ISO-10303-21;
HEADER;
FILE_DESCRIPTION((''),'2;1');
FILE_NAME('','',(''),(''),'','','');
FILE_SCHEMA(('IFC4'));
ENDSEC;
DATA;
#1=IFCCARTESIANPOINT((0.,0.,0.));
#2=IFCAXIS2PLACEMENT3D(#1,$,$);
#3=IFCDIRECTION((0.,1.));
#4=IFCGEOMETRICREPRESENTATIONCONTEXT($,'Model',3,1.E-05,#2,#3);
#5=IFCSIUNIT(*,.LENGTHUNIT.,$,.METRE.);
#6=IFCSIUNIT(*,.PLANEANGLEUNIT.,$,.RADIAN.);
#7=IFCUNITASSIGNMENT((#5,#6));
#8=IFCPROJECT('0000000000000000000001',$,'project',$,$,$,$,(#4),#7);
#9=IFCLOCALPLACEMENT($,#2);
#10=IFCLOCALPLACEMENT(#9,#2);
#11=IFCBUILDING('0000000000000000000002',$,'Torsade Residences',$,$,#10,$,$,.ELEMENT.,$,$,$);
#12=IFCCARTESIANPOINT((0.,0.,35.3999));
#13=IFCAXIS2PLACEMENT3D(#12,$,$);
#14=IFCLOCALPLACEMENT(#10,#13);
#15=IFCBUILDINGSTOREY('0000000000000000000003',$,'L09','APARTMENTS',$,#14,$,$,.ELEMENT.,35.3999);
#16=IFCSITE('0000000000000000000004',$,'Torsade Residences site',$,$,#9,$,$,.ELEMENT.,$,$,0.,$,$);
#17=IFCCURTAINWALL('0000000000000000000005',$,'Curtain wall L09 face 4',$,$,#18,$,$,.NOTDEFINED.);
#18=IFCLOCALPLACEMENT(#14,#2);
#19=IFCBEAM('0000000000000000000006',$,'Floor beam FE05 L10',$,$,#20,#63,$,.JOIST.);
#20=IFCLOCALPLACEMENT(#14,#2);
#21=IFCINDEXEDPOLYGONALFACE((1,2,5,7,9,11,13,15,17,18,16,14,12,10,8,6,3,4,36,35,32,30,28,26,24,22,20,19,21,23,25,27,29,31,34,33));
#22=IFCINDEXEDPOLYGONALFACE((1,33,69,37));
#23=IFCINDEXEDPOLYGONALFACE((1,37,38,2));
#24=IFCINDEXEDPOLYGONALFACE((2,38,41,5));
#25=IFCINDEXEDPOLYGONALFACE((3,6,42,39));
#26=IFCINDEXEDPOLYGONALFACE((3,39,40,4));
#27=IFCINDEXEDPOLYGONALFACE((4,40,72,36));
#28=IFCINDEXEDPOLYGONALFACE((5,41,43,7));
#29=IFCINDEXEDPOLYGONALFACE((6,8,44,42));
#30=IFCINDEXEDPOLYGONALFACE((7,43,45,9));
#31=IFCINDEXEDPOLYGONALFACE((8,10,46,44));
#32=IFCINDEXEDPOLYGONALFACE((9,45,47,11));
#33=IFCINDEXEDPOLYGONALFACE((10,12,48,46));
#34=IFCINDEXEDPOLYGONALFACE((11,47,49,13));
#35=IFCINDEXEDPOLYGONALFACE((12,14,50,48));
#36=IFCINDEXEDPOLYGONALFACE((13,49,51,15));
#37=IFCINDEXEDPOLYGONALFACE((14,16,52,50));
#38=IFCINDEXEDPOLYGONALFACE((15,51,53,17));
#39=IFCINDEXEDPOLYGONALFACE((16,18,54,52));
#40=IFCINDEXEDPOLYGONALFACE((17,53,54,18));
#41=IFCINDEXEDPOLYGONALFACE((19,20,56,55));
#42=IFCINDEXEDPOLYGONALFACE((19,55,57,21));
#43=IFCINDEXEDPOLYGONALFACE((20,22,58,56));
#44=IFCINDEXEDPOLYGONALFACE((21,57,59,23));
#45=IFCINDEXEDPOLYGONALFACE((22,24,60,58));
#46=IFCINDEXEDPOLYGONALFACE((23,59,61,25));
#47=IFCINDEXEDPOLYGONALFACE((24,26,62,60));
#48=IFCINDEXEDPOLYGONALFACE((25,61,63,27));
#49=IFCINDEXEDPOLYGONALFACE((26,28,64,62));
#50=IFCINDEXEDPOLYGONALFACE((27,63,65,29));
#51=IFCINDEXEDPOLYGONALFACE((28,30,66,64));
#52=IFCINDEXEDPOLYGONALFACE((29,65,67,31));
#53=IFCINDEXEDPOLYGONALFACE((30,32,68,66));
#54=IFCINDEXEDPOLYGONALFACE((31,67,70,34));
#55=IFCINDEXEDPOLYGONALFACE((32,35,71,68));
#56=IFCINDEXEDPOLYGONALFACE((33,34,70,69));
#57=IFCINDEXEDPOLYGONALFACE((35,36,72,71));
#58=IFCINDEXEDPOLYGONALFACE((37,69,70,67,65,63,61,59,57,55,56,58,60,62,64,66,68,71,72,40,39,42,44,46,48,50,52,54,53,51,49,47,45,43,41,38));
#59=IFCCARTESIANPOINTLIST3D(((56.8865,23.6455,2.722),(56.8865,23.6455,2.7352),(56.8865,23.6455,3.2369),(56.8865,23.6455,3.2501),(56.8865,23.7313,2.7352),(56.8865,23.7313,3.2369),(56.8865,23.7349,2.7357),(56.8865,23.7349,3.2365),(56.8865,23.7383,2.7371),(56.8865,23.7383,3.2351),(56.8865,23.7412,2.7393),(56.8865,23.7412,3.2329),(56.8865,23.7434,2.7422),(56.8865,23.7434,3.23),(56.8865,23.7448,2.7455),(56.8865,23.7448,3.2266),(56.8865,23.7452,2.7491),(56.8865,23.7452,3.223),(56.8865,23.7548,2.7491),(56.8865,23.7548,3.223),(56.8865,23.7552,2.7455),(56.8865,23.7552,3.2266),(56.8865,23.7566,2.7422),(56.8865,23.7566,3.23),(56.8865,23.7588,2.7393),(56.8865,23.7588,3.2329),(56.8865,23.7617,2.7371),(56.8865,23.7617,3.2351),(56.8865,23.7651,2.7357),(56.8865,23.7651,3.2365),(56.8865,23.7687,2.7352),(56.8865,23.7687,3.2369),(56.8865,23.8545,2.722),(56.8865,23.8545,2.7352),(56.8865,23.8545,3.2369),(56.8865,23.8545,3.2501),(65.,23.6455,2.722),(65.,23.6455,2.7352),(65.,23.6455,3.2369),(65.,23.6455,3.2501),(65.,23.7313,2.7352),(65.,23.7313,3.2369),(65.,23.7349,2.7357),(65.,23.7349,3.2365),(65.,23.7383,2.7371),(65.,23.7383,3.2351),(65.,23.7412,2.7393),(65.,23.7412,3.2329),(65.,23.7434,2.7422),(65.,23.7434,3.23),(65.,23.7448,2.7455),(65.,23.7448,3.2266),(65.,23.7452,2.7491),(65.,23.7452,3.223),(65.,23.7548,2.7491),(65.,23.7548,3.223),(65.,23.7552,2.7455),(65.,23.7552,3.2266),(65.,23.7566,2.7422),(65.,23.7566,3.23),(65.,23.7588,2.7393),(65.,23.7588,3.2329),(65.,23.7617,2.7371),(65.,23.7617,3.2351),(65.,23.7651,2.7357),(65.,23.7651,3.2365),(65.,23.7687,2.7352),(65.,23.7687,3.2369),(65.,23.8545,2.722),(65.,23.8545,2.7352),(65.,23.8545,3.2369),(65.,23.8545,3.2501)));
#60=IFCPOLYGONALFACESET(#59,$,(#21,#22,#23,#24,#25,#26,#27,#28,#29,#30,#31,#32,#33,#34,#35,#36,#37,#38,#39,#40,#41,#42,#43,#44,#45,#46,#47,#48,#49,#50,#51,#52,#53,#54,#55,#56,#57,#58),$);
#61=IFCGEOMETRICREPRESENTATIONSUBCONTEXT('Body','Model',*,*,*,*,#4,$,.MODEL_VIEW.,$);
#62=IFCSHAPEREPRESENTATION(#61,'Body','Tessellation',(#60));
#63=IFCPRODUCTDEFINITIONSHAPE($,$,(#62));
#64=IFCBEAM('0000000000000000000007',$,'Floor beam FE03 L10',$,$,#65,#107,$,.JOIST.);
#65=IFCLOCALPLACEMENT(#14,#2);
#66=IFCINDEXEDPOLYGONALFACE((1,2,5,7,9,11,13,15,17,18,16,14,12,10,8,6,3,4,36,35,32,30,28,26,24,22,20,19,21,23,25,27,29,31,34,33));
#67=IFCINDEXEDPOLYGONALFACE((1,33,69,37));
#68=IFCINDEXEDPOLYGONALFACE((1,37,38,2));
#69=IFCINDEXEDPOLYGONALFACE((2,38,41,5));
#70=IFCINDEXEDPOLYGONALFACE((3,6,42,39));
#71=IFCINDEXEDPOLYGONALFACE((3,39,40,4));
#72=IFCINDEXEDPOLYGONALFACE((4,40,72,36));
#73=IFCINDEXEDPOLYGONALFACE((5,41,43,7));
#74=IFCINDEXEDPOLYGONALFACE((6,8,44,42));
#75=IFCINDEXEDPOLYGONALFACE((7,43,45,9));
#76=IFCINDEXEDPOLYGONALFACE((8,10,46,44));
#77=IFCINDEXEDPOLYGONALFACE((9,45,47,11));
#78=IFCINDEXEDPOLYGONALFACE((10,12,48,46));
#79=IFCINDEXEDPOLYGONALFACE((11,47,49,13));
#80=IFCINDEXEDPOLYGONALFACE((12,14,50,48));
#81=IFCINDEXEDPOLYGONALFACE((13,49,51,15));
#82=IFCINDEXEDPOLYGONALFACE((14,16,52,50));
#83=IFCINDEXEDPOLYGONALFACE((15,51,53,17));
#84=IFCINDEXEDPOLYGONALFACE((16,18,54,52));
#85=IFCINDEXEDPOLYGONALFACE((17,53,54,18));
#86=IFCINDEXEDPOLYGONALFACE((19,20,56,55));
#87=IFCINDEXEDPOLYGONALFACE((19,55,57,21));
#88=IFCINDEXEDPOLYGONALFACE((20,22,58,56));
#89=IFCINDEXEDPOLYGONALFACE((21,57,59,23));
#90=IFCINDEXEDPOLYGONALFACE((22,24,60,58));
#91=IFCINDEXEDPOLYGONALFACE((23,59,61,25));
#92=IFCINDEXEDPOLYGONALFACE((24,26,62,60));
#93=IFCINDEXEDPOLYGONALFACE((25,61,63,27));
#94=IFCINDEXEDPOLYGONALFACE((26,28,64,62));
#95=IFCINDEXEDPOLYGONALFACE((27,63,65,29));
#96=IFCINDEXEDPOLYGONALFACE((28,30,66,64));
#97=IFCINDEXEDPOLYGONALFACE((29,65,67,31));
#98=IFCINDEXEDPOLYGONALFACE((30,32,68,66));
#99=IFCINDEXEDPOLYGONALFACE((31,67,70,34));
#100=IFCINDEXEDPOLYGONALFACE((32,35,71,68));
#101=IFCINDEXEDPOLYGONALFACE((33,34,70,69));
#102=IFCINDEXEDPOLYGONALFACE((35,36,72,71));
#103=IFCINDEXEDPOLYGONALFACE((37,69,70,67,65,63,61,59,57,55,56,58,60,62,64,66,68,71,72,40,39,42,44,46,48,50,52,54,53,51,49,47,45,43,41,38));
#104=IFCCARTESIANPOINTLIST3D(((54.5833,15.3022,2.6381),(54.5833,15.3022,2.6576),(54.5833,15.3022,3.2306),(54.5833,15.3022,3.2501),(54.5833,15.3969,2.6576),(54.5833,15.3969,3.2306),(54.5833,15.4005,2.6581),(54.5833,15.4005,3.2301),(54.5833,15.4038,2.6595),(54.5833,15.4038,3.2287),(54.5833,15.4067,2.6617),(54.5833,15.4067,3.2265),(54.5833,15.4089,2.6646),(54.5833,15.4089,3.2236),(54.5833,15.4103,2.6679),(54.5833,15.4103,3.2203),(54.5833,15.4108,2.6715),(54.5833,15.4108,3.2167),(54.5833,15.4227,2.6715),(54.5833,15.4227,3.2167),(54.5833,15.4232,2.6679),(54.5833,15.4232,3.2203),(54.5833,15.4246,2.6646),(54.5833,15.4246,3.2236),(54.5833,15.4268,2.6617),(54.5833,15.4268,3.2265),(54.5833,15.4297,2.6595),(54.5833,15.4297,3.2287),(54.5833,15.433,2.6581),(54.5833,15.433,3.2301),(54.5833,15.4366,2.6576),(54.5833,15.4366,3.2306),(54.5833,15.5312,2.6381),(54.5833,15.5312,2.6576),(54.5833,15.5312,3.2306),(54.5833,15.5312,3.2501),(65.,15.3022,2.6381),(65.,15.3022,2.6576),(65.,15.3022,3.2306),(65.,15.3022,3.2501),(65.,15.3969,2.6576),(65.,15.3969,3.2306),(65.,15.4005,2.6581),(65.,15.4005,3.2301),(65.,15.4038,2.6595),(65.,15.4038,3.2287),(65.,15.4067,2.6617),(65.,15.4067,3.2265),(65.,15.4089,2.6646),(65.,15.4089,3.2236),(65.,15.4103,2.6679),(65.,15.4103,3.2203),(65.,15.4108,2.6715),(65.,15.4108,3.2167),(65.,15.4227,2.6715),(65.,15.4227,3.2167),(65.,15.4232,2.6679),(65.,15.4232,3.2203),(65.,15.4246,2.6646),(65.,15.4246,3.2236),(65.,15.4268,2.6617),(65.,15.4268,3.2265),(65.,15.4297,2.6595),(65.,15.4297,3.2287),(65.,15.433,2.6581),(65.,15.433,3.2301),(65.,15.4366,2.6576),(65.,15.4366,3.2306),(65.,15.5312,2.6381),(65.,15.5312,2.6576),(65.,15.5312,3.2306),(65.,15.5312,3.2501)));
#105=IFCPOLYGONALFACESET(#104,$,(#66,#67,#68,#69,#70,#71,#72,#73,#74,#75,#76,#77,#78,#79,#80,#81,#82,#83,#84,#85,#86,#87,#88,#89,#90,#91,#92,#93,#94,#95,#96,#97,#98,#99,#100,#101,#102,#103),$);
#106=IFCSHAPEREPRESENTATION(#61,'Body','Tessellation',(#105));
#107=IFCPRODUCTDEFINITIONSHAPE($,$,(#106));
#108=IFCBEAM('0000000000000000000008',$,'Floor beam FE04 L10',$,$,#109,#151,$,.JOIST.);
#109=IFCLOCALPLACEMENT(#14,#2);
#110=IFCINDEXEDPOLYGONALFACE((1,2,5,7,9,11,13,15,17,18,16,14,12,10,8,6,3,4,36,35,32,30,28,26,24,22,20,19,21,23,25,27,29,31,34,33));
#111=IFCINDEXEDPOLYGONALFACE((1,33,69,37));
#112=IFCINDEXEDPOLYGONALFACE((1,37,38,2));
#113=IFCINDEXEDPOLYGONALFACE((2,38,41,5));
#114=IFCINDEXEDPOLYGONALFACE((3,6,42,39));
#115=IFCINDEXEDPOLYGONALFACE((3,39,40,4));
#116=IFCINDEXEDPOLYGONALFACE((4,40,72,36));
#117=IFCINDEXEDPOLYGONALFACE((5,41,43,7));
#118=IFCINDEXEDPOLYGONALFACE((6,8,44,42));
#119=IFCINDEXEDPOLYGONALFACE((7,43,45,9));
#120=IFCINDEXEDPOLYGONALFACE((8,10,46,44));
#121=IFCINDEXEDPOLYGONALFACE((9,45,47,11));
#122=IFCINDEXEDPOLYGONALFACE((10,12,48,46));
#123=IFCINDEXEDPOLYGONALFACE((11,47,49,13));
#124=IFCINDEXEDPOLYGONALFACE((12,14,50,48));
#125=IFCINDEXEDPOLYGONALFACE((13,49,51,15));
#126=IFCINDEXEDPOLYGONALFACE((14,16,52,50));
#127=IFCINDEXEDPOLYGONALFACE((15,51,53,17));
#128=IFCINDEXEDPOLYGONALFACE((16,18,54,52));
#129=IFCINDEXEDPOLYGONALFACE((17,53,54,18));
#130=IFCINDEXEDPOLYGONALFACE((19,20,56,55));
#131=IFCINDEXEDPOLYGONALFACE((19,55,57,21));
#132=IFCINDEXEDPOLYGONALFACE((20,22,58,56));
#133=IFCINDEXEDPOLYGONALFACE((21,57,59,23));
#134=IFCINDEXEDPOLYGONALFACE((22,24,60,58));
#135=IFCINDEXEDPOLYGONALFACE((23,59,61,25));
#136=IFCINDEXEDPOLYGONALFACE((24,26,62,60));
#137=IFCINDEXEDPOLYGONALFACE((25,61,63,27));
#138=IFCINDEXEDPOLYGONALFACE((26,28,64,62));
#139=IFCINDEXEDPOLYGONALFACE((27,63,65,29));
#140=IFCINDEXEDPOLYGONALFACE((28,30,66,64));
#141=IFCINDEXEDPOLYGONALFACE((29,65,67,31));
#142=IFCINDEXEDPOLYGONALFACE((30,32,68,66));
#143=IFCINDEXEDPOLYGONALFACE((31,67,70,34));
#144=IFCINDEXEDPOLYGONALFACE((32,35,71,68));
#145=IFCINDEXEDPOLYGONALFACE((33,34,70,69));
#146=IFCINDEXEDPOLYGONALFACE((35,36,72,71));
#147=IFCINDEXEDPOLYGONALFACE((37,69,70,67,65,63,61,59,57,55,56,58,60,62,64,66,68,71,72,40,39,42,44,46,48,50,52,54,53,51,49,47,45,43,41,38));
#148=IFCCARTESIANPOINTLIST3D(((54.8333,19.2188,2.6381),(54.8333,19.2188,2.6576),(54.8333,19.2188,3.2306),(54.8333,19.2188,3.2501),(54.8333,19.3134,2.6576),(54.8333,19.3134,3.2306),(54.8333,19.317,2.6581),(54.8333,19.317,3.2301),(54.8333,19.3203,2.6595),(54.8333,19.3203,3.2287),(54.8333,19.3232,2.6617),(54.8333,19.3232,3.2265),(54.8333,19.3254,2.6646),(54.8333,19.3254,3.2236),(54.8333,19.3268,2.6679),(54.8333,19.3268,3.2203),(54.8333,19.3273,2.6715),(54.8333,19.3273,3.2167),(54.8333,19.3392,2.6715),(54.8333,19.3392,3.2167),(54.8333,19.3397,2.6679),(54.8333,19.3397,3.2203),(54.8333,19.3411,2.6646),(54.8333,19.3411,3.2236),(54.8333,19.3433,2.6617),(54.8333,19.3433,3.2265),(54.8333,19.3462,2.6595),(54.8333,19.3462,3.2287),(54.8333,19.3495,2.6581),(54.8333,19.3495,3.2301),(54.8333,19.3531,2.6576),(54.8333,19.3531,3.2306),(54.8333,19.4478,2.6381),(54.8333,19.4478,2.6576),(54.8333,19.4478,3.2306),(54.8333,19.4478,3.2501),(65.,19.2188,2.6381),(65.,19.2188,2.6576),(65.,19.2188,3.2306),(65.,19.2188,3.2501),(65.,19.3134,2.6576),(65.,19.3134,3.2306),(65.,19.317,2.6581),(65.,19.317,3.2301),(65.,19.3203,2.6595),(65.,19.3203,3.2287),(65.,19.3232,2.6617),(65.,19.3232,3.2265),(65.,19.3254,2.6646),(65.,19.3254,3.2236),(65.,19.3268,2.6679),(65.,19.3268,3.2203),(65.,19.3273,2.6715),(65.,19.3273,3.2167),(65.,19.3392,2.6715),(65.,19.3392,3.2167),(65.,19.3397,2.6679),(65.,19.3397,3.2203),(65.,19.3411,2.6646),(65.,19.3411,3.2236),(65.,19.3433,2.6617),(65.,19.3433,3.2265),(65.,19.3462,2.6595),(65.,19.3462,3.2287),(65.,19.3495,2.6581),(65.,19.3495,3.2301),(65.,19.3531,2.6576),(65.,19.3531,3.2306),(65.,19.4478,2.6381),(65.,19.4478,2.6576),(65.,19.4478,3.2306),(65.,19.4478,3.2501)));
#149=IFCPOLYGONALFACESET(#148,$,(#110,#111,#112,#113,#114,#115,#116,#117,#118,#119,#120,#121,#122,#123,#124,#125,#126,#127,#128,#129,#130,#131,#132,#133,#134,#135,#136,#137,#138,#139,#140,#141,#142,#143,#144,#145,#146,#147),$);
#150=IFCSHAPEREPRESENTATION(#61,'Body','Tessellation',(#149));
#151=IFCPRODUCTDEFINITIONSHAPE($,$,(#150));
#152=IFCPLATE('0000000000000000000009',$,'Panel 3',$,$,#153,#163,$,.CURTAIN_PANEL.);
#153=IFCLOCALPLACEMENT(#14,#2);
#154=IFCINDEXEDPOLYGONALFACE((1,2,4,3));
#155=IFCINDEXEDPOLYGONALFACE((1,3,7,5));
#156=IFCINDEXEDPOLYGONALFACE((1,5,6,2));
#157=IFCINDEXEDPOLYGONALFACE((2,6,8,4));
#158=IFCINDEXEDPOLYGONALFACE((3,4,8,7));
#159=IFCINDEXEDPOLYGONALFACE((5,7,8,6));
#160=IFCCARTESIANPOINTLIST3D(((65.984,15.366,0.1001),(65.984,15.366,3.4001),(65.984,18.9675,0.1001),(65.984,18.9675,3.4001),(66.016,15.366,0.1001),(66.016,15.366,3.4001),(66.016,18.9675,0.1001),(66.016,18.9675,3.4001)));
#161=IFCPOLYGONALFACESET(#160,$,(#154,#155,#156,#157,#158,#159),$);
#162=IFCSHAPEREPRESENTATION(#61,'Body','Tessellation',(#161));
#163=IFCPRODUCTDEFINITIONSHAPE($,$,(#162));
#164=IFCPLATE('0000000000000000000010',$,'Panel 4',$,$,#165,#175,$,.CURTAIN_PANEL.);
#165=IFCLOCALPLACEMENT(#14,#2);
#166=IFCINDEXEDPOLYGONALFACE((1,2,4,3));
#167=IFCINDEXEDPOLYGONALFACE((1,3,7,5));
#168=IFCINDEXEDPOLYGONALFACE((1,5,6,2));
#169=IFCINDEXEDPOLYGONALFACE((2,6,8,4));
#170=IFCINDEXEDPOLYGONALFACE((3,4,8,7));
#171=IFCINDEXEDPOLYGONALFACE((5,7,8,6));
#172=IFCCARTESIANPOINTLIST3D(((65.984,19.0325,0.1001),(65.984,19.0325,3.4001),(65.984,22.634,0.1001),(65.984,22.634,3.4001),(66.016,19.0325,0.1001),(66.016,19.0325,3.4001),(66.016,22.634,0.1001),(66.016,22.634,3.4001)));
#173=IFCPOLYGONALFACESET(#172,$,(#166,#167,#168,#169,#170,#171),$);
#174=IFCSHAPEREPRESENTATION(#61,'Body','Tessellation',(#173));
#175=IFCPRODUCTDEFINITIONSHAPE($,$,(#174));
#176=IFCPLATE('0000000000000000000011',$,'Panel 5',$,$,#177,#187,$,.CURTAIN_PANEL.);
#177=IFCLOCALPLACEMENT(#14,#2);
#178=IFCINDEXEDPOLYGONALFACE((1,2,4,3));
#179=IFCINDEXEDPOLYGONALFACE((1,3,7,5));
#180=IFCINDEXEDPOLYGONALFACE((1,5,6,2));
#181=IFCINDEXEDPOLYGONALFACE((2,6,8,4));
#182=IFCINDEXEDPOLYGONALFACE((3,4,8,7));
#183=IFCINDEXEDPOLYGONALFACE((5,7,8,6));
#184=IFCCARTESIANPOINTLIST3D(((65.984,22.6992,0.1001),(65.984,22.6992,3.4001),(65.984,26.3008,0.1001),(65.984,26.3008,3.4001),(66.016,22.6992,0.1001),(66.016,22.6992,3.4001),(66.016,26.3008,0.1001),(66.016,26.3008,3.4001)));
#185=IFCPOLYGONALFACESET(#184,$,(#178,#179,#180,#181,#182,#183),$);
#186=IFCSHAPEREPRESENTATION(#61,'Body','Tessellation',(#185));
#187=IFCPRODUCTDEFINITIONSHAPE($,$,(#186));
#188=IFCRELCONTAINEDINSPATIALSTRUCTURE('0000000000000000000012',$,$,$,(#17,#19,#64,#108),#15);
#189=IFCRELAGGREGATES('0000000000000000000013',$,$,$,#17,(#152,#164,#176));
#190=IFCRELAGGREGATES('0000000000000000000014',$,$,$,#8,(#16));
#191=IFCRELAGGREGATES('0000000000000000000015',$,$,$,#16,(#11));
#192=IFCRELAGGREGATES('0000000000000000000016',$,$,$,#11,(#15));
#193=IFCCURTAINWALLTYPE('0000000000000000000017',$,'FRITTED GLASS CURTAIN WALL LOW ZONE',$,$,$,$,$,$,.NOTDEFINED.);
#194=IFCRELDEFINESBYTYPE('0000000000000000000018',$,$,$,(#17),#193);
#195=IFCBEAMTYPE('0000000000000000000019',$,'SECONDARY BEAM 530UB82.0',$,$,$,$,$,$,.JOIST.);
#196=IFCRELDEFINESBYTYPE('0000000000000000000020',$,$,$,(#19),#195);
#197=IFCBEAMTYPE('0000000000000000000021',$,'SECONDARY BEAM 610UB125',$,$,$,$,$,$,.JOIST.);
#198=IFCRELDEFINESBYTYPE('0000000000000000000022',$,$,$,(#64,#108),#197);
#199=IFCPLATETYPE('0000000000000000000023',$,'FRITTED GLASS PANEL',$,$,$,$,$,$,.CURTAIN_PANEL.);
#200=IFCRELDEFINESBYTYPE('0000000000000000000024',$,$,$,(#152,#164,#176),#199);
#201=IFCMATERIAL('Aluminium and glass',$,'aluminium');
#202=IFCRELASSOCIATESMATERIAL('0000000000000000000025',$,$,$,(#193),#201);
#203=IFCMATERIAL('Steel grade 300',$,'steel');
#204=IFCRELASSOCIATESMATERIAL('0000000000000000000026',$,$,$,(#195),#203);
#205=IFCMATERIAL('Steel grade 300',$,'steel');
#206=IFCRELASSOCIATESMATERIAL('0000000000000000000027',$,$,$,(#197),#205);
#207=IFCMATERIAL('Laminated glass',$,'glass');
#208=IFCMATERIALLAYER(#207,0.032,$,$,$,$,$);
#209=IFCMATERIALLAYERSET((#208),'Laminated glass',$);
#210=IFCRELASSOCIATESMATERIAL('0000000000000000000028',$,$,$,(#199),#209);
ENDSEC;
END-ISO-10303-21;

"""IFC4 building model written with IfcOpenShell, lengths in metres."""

from ifc_helpers import new_model, si_unit, direction, frame, origin, origin_2d, place, context, subcontext, project, spatial, rectangle, i_section, extrude, material, layer, layer_set, material_profile, profile_set, type_object, element, aggregate, save


model = new_model("IFC4")

# Units and contexts
model_context = context("Model", 3, precision=1e-05, world=origin(), true_north=direction((0.0, 1.0)))
body_context = subcontext(model_context, "Body", "Model", "MODEL_VIEW")
ifc_project = project(units=[si_unit("LENGTHUNIT", "METRE"), si_unit("PLANEANGLEUNIT", "RADIAN")], contexts=[model_context])

# Site, building, storey
site_placement = place(None, origin())
site = spatial("IfcSite", under=ifc_project, at=site_placement, Name="Torsade Residences site", CompositionType="ELEMENT", RefElevation=0.0)
building_placement = place(site_placement, origin())
building = spatial("IfcBuilding", under=site, at=building_placement, Name="Torsade Residences", CompositionType="ELEMENT")
storey_placement = place(building_placement, frame((0.0, 0.0, 35.3999)))
storey = spatial("IfcBuildingStorey", under=building, at=storey_placement, Name="L09", Description="APARTMENTS", CompositionType="ELEMENT", Elevation=35.3999)

# Curtain wall
ifc_material_1 = material(Name="Aluminium and glass", Category="aluminium")
curtain_wall_type = type_object("IfcCurtainWallType", Name="FRITTED GLASS CURTAIN WALL LOW ZONE", PredefinedType="NOTDEFINED", material=ifc_material_1)
curtain_wall_placement = place(storey_placement, origin())
curtain_wall = element("IfcCurtainWall", 1, at=curtain_wall_placement, inside=storey, type_object=curtain_wall_type, Name="Curtain wall L09 face 4", PredefinedType="NOTDEFINED")

# Beams
ifc_material_2 = material(Name="Steel grade 300", Category="steel")
ifc_material_profile_1 = material_profile(ifc_material_2, i_section(OverallWidth=0.209, OverallDepth=0.5281, WebThickness=0.0095, FlangeThickness=0.0132, FilletRadius=0.0139, at=origin_2d()), Name="530UB82.0")
ifc_profile_set_1 = profile_set([ifc_material_profile_1], Name="Steel grade 300")
beam_type_1 = type_object("IfcBeamType", Name="SECONDARY BEAM 530UB82.0", PredefinedType="JOIST", material=ifc_profile_set_1)
beam_1_placement = place(storey_placement, frame((65.0, 23.75, 2.9861), z_axis=(-1.0, 0.0, 0.0), x_axis=(0.0, -1.0, 0.0)))
element("IfcBeam", 2, at=beam_1_placement, inside=storey, type_object=beam_type_1, Name="Floor beam FE05 L10", PredefinedType="JOIST", context=body_context, shape_type="SweptSolid", body=[
    extrude(i_section(OverallWidth=0.209, OverallDepth=0.5281, WebThickness=0.0095, FlangeThickness=0.0132, FilletRadius=0.0139, at=origin_2d()), origin(), (0.0, 0.0, 1.0), 8.1135),
])
ifc_material_3 = material(Name="Steel grade 300", Category="steel")
ifc_material_profile_2 = material_profile(ifc_material_3, i_section(OverallWidth=0.229, OverallDepth=0.6121, WebThickness=0.012, FlangeThickness=0.0195, FilletRadius=0.0139, at=origin_2d()), Name="610UB125")
ifc_profile_set_2 = profile_set([ifc_material_profile_2], Name="Steel grade 300")
beam_type_2 = type_object("IfcBeamType", Name="SECONDARY BEAM 610UB125", PredefinedType="JOIST", material=ifc_profile_set_2)
beam_2_placement = place(storey_placement, frame((65.0, 15.4167, 2.9441), z_axis=(-1.0, 0.0, 0.0), x_axis=(0.0, -1.0, 0.0)))
element("IfcBeam", 3, at=beam_2_placement, inside=storey, type_object=beam_type_2, Name="Floor beam FE03 L10", PredefinedType="JOIST", context=body_context, shape_type="SweptSolid", body=[
    extrude(i_section(OverallWidth=0.229, OverallDepth=0.6121, WebThickness=0.012, FlangeThickness=0.0195, FilletRadius=0.0139, at=origin_2d()), origin(), (0.0, 0.0, 1.0), 10.4167),
])
beam_3_placement = place(storey_placement, frame((65.0, 19.3333, 2.9441), z_axis=(-1.0, 0.0, 0.0), x_axis=(0.0, -1.0, 0.0)))
element("IfcBeam", 4, at=beam_3_placement, inside=storey, type_object=beam_type_2, Name="Floor beam FE04 L10", PredefinedType="JOIST", context=body_context, shape_type="SweptSolid", body=[
    extrude(i_section(OverallWidth=0.229, OverallDepth=0.6121, WebThickness=0.012, FlangeThickness=0.0195, FilletRadius=0.0139, at=origin_2d()), origin(), (0.0, 0.0, 1.0), 10.1667),
])

# Plates
ifc_material_4 = material(Name="Laminated glass", Category="glass")
ifc_layer_1 = layer(ifc_material_4, 0.032)
ifc_layer_set_1 = layer_set([ifc_layer_1], Name="Laminated glass")
plate_type = type_object("IfcPlateType", Name="FRITTED GLASS PANEL", PredefinedType="CURTAIN_PANEL", material=ifc_layer_set_1)
plate_1_placement = place(storey_placement, frame((66.0, 17.1667, 0.1001), z_axis=(0.0, 0.0, 1.0), x_axis=(0.0, 1.0, 0.0)))
plate_1 = element("IfcPlate", 5, at=plate_1_placement, type_object=plate_type, Name="Panel 3", PredefinedType="CURTAIN_PANEL", context=body_context, shape_type="SweptSolid", body=[
    extrude(rectangle(XDim=3.6016, YDim=0.032, at=origin_2d()), origin(), (0.0, 0.0, 1.0), 3.3),
])
plate_2_placement = place(storey_placement, frame((66.0, 20.8333, 0.1001), z_axis=(0.0, 0.0, 1.0), x_axis=(0.0, 1.0, 0.0)))
plate_2 = element("IfcPlate", 6, at=plate_2_placement, type_object=plate_type, Name="Panel 4", PredefinedType="CURTAIN_PANEL", context=body_context, shape_type="SweptSolid", body=[
    extrude(rectangle(XDim=3.6016, YDim=0.032, at=origin_2d()), origin(), (0.0, 0.0, 1.0), 3.3),
])
plate_3_placement = place(storey_placement, frame((66.0, 24.5, 0.1001), z_axis=(0.0, 0.0, 1.0), x_axis=(0.0, 1.0, 0.0)))
plate_3 = element("IfcPlate", 7, at=plate_3_placement, type_object=plate_type, Name="Panel 5", PredefinedType="CURTAIN_PANEL", context=body_context, shape_type="SweptSolid", body=[
    extrude(rectangle(XDim=3.6016, YDim=0.032, at=origin_2d()), origin(), (0.0, 0.0, 1.0), 3.3),
])
aggregate(curtain_wall, [plate_1, plate_2, plate_3])

save(model, "model.ifc")
